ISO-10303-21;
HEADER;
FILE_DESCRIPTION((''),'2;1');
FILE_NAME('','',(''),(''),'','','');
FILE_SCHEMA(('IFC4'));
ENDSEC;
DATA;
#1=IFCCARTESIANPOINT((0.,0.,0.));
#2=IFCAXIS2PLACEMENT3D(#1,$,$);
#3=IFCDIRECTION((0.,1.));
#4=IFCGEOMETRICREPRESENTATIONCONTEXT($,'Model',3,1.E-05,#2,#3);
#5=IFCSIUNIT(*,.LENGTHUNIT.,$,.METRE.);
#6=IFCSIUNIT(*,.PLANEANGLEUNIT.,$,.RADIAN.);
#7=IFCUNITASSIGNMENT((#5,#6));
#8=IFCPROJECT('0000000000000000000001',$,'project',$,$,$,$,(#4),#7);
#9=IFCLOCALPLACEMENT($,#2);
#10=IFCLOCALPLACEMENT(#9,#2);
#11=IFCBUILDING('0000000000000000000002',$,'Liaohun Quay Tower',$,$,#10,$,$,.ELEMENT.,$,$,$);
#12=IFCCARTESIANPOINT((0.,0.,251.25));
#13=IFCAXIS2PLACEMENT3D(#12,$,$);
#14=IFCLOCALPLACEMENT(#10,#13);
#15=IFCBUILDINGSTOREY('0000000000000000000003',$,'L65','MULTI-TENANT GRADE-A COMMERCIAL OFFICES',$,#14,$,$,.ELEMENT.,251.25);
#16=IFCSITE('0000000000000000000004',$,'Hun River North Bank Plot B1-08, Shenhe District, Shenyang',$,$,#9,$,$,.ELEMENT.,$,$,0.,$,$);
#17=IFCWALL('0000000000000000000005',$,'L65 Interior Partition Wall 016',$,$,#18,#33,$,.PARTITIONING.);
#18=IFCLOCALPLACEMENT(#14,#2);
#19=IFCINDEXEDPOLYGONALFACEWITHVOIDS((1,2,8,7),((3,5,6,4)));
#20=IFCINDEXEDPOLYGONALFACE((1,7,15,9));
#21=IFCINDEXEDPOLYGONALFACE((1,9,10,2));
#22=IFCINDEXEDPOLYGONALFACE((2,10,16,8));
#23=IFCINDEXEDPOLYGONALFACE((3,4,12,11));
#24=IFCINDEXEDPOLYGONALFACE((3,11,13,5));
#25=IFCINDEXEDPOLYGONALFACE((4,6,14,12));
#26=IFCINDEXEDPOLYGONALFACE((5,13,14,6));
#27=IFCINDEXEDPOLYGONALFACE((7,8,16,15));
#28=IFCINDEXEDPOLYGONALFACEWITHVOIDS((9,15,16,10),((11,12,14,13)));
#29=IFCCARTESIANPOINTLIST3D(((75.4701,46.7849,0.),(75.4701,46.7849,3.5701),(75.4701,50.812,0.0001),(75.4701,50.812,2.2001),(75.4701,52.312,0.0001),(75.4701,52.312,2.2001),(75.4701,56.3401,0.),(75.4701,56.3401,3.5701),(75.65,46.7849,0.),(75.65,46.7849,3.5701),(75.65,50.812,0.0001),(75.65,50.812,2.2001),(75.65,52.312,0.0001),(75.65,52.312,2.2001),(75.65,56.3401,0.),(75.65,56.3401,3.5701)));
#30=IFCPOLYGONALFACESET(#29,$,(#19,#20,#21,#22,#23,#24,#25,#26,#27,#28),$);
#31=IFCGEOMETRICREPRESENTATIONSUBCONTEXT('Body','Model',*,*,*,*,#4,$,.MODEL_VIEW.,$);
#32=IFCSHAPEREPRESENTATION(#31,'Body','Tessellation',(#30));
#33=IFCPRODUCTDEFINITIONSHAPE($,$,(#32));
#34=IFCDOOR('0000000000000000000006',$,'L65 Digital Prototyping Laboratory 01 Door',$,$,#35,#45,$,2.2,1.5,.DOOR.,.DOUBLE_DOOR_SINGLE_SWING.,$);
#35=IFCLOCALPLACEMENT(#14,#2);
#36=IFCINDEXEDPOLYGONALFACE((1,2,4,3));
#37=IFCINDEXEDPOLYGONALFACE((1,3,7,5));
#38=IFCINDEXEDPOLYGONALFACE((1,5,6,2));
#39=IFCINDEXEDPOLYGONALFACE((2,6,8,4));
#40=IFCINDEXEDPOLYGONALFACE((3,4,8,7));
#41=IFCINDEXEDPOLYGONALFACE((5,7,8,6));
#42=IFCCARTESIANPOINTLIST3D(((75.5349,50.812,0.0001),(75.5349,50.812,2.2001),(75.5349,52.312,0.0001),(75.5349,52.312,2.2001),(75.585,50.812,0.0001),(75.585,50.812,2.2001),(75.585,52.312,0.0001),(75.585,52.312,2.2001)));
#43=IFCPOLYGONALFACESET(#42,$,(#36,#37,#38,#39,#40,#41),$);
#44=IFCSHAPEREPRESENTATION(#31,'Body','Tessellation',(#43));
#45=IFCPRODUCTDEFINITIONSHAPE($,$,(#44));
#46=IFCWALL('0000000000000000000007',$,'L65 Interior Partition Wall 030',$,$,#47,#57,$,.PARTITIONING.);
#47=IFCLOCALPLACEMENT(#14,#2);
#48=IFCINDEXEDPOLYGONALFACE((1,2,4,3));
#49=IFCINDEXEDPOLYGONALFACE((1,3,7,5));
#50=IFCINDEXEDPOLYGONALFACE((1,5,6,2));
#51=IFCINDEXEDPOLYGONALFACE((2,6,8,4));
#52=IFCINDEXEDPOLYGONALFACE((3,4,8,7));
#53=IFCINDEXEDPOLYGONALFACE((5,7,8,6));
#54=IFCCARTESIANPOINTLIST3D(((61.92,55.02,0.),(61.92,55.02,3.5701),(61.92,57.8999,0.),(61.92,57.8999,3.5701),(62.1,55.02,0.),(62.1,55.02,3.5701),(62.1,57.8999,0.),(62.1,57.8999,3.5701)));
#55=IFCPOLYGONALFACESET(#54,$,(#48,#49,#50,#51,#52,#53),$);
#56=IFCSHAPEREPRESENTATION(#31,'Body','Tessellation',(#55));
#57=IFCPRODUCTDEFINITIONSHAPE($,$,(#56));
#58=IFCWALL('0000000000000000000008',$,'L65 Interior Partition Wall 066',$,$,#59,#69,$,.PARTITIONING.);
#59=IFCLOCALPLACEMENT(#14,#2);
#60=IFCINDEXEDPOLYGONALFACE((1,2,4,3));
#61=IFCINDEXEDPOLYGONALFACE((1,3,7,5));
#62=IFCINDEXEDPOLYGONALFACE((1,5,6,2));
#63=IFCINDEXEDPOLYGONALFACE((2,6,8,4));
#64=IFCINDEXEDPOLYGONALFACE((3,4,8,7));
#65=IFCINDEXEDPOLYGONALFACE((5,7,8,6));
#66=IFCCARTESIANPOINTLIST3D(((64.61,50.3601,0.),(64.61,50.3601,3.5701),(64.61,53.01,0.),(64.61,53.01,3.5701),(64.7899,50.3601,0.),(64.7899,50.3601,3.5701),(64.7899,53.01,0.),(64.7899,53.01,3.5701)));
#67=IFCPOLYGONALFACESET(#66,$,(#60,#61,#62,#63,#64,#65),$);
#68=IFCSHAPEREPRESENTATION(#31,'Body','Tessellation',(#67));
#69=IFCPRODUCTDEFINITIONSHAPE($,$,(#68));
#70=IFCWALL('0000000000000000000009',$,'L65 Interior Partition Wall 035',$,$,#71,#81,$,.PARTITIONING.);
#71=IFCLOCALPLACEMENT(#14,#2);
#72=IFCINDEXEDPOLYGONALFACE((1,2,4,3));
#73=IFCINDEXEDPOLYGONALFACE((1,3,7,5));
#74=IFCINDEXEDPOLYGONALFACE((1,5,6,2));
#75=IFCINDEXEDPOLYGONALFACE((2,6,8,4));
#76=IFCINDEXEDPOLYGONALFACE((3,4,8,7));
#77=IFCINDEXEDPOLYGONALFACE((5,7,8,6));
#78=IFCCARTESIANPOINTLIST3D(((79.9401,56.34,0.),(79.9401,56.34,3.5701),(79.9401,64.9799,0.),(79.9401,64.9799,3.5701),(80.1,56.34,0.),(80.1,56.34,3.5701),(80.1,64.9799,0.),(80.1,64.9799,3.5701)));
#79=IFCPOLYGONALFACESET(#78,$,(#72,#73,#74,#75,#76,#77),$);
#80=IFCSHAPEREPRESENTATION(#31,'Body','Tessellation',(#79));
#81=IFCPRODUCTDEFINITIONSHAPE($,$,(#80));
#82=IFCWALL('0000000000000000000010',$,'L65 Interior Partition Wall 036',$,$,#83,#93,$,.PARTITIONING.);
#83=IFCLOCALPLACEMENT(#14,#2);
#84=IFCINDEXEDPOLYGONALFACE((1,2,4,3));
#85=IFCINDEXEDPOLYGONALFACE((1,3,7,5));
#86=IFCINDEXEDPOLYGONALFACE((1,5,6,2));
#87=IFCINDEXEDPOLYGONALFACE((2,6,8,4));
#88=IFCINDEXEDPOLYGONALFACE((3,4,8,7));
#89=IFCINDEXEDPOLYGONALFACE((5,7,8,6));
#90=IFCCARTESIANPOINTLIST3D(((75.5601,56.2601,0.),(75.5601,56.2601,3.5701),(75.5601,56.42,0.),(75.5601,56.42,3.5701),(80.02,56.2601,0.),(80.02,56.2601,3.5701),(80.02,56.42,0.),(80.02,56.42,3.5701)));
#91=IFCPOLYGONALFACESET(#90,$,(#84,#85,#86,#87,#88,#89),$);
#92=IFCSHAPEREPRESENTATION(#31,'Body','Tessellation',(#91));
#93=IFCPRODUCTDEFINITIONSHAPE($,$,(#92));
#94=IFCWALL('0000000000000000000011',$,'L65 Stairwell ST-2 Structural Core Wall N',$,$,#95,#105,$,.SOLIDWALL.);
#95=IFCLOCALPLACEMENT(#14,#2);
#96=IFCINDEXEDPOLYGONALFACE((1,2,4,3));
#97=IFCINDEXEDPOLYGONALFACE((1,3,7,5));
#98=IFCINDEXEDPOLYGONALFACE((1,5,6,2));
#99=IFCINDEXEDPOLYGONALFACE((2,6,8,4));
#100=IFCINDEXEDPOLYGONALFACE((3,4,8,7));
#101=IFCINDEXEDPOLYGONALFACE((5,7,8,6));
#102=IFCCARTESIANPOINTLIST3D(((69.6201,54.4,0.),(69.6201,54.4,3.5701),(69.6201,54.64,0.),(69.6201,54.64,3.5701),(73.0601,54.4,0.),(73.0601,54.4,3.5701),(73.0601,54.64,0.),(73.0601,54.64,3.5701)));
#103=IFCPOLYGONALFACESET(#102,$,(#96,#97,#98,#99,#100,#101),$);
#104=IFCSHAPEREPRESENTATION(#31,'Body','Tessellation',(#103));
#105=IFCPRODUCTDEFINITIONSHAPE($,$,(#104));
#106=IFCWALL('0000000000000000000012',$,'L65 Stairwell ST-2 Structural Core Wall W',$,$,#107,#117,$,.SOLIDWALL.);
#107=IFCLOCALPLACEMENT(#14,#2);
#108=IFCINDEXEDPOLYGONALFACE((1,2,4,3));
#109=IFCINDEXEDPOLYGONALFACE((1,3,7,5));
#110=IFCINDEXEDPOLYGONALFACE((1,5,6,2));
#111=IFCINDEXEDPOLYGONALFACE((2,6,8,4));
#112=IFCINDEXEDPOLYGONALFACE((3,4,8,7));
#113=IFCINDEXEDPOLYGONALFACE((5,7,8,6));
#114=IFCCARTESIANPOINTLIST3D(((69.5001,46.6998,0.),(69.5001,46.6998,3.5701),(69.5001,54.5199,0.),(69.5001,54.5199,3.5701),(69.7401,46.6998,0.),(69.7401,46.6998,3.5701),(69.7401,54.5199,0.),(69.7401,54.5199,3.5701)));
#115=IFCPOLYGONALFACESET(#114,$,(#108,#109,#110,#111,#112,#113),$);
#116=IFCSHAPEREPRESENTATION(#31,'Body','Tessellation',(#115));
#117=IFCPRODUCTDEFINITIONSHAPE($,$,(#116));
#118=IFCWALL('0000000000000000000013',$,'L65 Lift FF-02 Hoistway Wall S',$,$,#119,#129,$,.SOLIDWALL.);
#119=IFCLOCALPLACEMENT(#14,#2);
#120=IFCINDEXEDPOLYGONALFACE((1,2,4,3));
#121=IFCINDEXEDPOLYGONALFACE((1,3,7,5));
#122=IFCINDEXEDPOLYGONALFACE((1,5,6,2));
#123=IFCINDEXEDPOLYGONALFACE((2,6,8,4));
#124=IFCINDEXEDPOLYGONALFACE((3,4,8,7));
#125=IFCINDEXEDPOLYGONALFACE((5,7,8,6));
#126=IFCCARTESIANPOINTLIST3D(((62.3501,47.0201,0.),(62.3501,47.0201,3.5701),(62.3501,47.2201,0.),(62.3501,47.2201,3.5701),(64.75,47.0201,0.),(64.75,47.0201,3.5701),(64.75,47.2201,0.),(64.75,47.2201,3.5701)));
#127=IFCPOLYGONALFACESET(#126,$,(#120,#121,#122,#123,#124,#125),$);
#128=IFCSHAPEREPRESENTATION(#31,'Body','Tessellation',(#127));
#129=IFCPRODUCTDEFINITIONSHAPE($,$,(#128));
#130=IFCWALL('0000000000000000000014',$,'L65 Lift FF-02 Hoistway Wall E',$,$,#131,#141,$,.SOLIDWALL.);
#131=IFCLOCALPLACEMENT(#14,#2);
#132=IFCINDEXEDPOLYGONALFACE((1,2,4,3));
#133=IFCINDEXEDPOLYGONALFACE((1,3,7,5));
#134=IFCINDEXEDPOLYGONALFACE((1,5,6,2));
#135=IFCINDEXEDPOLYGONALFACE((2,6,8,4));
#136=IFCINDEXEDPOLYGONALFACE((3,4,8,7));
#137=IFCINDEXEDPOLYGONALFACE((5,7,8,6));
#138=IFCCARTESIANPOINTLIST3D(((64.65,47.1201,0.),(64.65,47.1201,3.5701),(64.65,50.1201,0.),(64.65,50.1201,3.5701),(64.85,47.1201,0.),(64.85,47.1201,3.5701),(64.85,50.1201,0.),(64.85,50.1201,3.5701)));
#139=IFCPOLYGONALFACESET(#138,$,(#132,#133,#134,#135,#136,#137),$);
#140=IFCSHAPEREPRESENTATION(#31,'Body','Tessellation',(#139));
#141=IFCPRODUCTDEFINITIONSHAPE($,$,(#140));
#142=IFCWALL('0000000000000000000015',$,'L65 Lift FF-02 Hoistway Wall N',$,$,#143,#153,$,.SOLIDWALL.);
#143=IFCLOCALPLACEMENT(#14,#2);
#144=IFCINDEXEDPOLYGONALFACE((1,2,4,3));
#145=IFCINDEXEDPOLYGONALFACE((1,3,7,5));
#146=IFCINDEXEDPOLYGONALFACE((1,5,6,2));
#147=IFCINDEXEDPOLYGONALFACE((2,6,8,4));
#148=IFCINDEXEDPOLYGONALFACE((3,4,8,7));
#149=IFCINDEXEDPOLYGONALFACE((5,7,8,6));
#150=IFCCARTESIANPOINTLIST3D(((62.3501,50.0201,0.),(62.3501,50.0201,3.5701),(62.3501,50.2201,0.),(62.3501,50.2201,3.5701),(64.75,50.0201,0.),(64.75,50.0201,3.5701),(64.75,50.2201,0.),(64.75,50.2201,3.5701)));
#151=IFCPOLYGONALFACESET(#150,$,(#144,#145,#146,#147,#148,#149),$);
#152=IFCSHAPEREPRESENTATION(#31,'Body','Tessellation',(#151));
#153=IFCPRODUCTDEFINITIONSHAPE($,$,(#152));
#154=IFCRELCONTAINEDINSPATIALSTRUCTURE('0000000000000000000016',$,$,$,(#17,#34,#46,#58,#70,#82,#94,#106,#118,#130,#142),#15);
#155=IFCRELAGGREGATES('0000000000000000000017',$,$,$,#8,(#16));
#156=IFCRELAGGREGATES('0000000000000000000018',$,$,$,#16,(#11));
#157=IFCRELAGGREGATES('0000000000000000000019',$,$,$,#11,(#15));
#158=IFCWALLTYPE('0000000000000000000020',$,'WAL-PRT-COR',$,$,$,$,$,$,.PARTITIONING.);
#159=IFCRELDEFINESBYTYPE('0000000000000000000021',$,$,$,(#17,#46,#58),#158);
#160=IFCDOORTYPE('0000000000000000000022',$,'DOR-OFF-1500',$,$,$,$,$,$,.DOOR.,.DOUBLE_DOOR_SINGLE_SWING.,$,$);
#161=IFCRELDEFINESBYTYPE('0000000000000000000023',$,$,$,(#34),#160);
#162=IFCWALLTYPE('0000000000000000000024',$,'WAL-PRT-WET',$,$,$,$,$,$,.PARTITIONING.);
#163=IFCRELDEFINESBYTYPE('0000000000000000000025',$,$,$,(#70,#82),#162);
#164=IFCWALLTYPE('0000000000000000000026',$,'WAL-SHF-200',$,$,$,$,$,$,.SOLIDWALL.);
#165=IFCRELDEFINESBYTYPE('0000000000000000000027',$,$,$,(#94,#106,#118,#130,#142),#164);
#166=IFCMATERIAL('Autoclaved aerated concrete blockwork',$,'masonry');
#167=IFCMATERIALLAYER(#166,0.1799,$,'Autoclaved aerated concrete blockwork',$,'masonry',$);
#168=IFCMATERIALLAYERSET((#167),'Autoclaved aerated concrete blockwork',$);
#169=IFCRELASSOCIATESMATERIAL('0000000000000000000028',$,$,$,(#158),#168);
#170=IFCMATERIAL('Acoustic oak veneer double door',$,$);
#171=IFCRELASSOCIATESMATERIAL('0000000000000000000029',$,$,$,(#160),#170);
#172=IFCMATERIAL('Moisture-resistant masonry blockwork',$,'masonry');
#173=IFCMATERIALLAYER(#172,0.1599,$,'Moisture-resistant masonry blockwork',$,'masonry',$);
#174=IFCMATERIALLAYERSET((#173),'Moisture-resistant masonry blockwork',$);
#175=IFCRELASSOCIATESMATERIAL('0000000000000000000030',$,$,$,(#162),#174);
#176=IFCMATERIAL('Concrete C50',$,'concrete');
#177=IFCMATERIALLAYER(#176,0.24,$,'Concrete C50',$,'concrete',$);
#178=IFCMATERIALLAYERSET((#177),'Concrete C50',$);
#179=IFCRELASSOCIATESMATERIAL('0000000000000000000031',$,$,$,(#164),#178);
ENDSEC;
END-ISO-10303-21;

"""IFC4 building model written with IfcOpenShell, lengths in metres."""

from ifc_helpers import new_model, si_unit, direction, frame, frame_2d, origin, place, context, subcontext, project, spatial, rectangle, extrude, source, transform, mapped, material, layer, layer_set, type_object, element, fill, save


model = new_model("IFC4")

# Units and contexts
model_context = context("Model", 3, precision=1e-05, world=origin(), true_north=direction((0.0, 1.0)))
body_context = subcontext(model_context, "Body", "Model", "MODEL_VIEW")
ifc_project = project(units=[si_unit("LENGTHUNIT", "METRE"), si_unit("PLANEANGLEUNIT", "RADIAN")], contexts=[model_context])

# Site, building, storey
site_placement = place(None, origin())
site = spatial("IfcSite", under=ifc_project, at=site_placement, Name="Hun River North Bank Plot B1-08, Shenhe District, Shenyang", CompositionType="ELEMENT", RefElevation=0.0)
building_placement = place(site_placement, origin())
building = spatial("IfcBuilding", under=site, at=building_placement, Name="Liaohun Quay Tower", CompositionType="ELEMENT")
storey_placement = place(building_placement, frame((0.0, 0.0, 251.25)))
storey = spatial("IfcBuildingStorey", under=building, at=storey_placement, Name="L65", Description="MULTI-TENANT GRADE-A COMMERCIAL OFFICES", CompositionType="ELEMENT", Elevation=251.25)

# Wall, opening, door
ifc_material_1 = material(Name="Autoclaved aerated concrete blockwork", Category="masonry")
ifc_layer_1 = layer(ifc_material_1, 0.1799, Name="Autoclaved aerated concrete blockwork", Category="masonry")
ifc_layer_set_1 = layer_set([ifc_layer_1], Name="Autoclaved aerated concrete blockwork")
wall_type_1 = type_object("IfcWallType", Name="WAL-PRT-COR", PredefinedType="PARTITIONING", material=ifc_layer_set_1)
wall_1_placement = place(storey_placement, frame((75.5601, 56.3401, 0.0), z_axis=(0.0, 0.0, 1.0), x_axis=(0.0, -1.0, 0.0)))
wall_1 = element("IfcWall", 1, at=wall_1_placement, inside=storey, type_object=wall_type_1, Name="L65 Interior Partition Wall 016", PredefinedType="PARTITIONING", context=body_context, shape_type="SweptSolid", body=[
    extrude(rectangle(XDim=9.5552, YDim=0.1799, at=frame_2d((4.7776, 0.0))), origin(), (0.0, 0.0, 1.0), 3.5701),
])
shared_shape_1 = source(origin(), body_context, "Body", "SweptSolid", [
    extrude(rectangle(XDim=1.5, YDim=2.2, at=frame_2d((0.75, 1.1001))), frame((0.0, 0.0999, 0.0), z_axis=(0.0, -1.0, 0.0), x_axis=(1.0, 0.0, 0.0)), (0.0, 0.0, 1.0), 0.2),
])
opening_1_placement = place(wall_1_placement, frame((4.0281, 0.0, 0.0)))
opening_1 = element("IfcOpeningElement", 2, at=opening_1_placement, cuts=wall_1, PredefinedType="OPENING", context=body_context, shape_type="MappedRepresentation", body=[
    mapped(shared_shape_1, transform((0.0, 0.0, 0.0), x_axis=(1.0, 0.0, 0.0), y_axis=(0.0, 1.0, 0.0), z_axis=(0.0, 0.0, 1.0), scale=1.0)),
])
ifc_material_2 = material(Name="Acoustic oak veneer double door")
door_type_1 = type_object("IfcDoorType", Name="DOR-OFF-1500", OperationType="DOUBLE_DOOR_SINGLE_SWING", PredefinedType="DOOR", material=ifc_material_2)
shared_shape_2 = source(origin(), body_context, "Body", "SweptSolid", [
    extrude(rectangle(XDim=1.5, YDim=2.2, at=frame_2d((0.75, 1.1001))), frame((0.0, 0.0249, 0.0), z_axis=(0.0, -1.0, 0.0), x_axis=(1.0, 0.0, 0.0)), (0.0, 0.0, 1.0), 0.05),
])
door_1_placement = place(opening_1_placement, origin())
door_1 = element("IfcDoor", 3, at=door_1_placement, inside=storey, type_object=door_type_1, Name="L65 Digital Prototyping Laboratory 01 Door", OperationType="DOUBLE_DOOR_SINGLE_SWING", OverallHeight=2.2, OverallWidth=1.5, PredefinedType="DOOR", context=body_context, shape_type="MappedRepresentation", body=[
    mapped(shared_shape_2, transform((0.0, 0.0, 0.0), x_axis=(1.0, 0.0, 0.0), y_axis=(0.0, 1.0, 0.0), z_axis=(0.0, 0.0, 1.0), scale=1.0)),
])
fill(opening_1, door_1)

# Walls
wall_2_placement = place(storey_placement, frame((62.01, 55.02, 0.0), z_axis=(0.0, 0.0, 1.0), x_axis=(0.0, 1.0, 0.0)))
element("IfcWall", 4, at=wall_2_placement, inside=storey, type_object=wall_type_1, Name="L65 Interior Partition Wall 030", PredefinedType="PARTITIONING", context=body_context, shape_type="SweptSolid", body=[
    extrude(rectangle(XDim=2.8799, YDim=0.1799, at=frame_2d((1.4399, 0.0))), origin(), (0.0, 0.0, 1.0), 3.5701),
])
wall_3_placement = place(storey_placement, frame((64.7, 50.3601, 0.0), z_axis=(0.0, 0.0, 1.0), x_axis=(0.0, 1.0, 0.0)))
element("IfcWall", 5, at=wall_3_placement, inside=storey, type_object=wall_type_1, Name="L65 Interior Partition Wall 066", PredefinedType="PARTITIONING", context=body_context, shape_type="SweptSolid", body=[
    extrude(rectangle(XDim=2.6499, YDim=0.1799, at=frame_2d((1.325, 0.0))), origin(), (0.0, 0.0, 1.0), 3.5701),
])

# Shared definitions
ifc_material_3 = material(Name="Moisture-resistant masonry blockwork", Category="masonry")
ifc_layer_2 = layer(ifc_material_3, 0.1599, Name="Moisture-resistant masonry blockwork", Category="masonry")
ifc_layer_set_2 = layer_set([ifc_layer_2], Name="Moisture-resistant masonry blockwork")
wall_type_2 = type_object("IfcWallType", Name="WAL-PRT-WET", PredefinedType="PARTITIONING", material=ifc_layer_set_2)

# Walls
wall_4_placement = place(storey_placement, frame((80.02, 56.3401, 0.0), z_axis=(0.0, 0.0, 1.0), x_axis=(0.0, 1.0, 0.0)))
element("IfcWall", 6, at=wall_4_placement, inside=storey, type_object=wall_type_2, Name="L65 Interior Partition Wall 035", PredefinedType="PARTITIONING", context=body_context, shape_type="SweptSolid", body=[
    extrude(rectangle(XDim=8.6399, YDim=0.1599, at=frame_2d((4.3198, 0.0))), origin(), (0.0, 0.0, 1.0), 3.5701),
])
wall_5_placement = place(storey_placement, frame((75.5601, 56.3401, 0.0), z_axis=(0.0, 0.0, 1.0), x_axis=(1.0, 0.0, 0.0)))
element("IfcWall", 7, at=wall_5_placement, inside=storey, type_object=wall_type_2, Name="L65 Interior Partition Wall 036", PredefinedType="PARTITIONING", context=body_context, shape_type="SweptSolid", body=[
    extrude(rectangle(XDim=4.46, YDim=0.1599, at=frame_2d((2.23, 0.0))), origin(), (0.0, 0.0, 1.0), 3.5701),
])
ifc_material_4 = material(Name="Concrete C50", Category="concrete")
ifc_layer_3 = layer(ifc_material_4, 0.24, Name="Concrete C50", Category="concrete")
ifc_layer_set_3 = layer_set([ifc_layer_3], Name="Concrete C50")
wall_type_3 = type_object("IfcWallType", Name="WAL-SHF-200", PredefinedType="SOLIDWALL", material=ifc_layer_set_3)
wall_6_placement = place(storey_placement, frame((73.0601, 54.52, 0.0), z_axis=(0.0, 0.0, 1.0), x_axis=(-1.0, 0.0, 0.0)))
element("IfcWall", 8, at=wall_6_placement, inside=storey, type_object=wall_type_3, Name="L65 Stairwell ST-2 Structural Core Wall N", PredefinedType="SOLIDWALL", context=body_context, shape_type="SweptSolid", body=[
    extrude(rectangle(XDim=3.4399, YDim=0.24, at=frame_2d((1.72, 0.0))), origin(), (0.0, 0.0, 1.0), 3.5701),
])
wall_7_placement = place(storey_placement, frame((69.6201, 54.52, 0.0), z_axis=(0.0, 0.0, 1.0), x_axis=(0.0, -1.0, 0.0)))
element("IfcWall", 9, at=wall_7_placement, inside=storey, type_object=wall_type_3, Name="L65 Stairwell ST-2 Structural Core Wall W", PredefinedType="SOLIDWALL", context=body_context, shape_type="SweptSolid", body=[
    extrude(rectangle(XDim=7.8201, YDim=0.24, at=frame_2d((3.9102, 0.0))), origin(), (0.0, 0.0, 1.0), 3.5701),
])
wall_8_placement = place(storey_placement, frame((62.3501, 47.1201, 0.0), z_axis=(0.0, 0.0, 1.0), x_axis=(1.0, 0.0, 0.0)))
element("IfcWall", 10, at=wall_8_placement, inside=storey, type_object=wall_type_3, Name="L65 Lift FF-02 Hoistway Wall S", PredefinedType="SOLIDWALL", context=body_context, shape_type="SweptSolid", body=[
    extrude(rectangle(XDim=2.3999, YDim=0.2, at=frame_2d((1.2, 0.0))), origin(), (0.0, 0.0, 1.0), 3.5701),
])
wall_9_placement = place(storey_placement, frame((64.75, 47.1201, 0.0), z_axis=(0.0, 0.0, 1.0), x_axis=(0.0, 1.0, 0.0)))
element("IfcWall", 11, at=wall_9_placement, inside=storey, type_object=wall_type_3, Name="L65 Lift FF-02 Hoistway Wall E", PredefinedType="SOLIDWALL", context=body_context, shape_type="SweptSolid", body=[
    extrude(rectangle(XDim=3.0, YDim=0.2, at=frame_2d((1.5, 0.0))), origin(), (0.0, 0.0, 1.0), 3.5701),
])
wall_10_placement = place(storey_placement, frame((64.75, 50.1201, 0.0), z_axis=(0.0, 0.0, 1.0), x_axis=(-1.0, 0.0, 0.0)))
element("IfcWall", 12, at=wall_10_placement, inside=storey, type_object=wall_type_3, Name="L65 Lift FF-02 Hoistway Wall N", PredefinedType="SOLIDWALL", context=body_context, shape_type="SweptSolid", body=[
    extrude(rectangle(XDim=2.3999, YDim=0.2, at=frame_2d((1.2, 0.0))), origin(), (0.0, 0.0, 1.0), 3.5701),
])

save(model, "model.ifc")
